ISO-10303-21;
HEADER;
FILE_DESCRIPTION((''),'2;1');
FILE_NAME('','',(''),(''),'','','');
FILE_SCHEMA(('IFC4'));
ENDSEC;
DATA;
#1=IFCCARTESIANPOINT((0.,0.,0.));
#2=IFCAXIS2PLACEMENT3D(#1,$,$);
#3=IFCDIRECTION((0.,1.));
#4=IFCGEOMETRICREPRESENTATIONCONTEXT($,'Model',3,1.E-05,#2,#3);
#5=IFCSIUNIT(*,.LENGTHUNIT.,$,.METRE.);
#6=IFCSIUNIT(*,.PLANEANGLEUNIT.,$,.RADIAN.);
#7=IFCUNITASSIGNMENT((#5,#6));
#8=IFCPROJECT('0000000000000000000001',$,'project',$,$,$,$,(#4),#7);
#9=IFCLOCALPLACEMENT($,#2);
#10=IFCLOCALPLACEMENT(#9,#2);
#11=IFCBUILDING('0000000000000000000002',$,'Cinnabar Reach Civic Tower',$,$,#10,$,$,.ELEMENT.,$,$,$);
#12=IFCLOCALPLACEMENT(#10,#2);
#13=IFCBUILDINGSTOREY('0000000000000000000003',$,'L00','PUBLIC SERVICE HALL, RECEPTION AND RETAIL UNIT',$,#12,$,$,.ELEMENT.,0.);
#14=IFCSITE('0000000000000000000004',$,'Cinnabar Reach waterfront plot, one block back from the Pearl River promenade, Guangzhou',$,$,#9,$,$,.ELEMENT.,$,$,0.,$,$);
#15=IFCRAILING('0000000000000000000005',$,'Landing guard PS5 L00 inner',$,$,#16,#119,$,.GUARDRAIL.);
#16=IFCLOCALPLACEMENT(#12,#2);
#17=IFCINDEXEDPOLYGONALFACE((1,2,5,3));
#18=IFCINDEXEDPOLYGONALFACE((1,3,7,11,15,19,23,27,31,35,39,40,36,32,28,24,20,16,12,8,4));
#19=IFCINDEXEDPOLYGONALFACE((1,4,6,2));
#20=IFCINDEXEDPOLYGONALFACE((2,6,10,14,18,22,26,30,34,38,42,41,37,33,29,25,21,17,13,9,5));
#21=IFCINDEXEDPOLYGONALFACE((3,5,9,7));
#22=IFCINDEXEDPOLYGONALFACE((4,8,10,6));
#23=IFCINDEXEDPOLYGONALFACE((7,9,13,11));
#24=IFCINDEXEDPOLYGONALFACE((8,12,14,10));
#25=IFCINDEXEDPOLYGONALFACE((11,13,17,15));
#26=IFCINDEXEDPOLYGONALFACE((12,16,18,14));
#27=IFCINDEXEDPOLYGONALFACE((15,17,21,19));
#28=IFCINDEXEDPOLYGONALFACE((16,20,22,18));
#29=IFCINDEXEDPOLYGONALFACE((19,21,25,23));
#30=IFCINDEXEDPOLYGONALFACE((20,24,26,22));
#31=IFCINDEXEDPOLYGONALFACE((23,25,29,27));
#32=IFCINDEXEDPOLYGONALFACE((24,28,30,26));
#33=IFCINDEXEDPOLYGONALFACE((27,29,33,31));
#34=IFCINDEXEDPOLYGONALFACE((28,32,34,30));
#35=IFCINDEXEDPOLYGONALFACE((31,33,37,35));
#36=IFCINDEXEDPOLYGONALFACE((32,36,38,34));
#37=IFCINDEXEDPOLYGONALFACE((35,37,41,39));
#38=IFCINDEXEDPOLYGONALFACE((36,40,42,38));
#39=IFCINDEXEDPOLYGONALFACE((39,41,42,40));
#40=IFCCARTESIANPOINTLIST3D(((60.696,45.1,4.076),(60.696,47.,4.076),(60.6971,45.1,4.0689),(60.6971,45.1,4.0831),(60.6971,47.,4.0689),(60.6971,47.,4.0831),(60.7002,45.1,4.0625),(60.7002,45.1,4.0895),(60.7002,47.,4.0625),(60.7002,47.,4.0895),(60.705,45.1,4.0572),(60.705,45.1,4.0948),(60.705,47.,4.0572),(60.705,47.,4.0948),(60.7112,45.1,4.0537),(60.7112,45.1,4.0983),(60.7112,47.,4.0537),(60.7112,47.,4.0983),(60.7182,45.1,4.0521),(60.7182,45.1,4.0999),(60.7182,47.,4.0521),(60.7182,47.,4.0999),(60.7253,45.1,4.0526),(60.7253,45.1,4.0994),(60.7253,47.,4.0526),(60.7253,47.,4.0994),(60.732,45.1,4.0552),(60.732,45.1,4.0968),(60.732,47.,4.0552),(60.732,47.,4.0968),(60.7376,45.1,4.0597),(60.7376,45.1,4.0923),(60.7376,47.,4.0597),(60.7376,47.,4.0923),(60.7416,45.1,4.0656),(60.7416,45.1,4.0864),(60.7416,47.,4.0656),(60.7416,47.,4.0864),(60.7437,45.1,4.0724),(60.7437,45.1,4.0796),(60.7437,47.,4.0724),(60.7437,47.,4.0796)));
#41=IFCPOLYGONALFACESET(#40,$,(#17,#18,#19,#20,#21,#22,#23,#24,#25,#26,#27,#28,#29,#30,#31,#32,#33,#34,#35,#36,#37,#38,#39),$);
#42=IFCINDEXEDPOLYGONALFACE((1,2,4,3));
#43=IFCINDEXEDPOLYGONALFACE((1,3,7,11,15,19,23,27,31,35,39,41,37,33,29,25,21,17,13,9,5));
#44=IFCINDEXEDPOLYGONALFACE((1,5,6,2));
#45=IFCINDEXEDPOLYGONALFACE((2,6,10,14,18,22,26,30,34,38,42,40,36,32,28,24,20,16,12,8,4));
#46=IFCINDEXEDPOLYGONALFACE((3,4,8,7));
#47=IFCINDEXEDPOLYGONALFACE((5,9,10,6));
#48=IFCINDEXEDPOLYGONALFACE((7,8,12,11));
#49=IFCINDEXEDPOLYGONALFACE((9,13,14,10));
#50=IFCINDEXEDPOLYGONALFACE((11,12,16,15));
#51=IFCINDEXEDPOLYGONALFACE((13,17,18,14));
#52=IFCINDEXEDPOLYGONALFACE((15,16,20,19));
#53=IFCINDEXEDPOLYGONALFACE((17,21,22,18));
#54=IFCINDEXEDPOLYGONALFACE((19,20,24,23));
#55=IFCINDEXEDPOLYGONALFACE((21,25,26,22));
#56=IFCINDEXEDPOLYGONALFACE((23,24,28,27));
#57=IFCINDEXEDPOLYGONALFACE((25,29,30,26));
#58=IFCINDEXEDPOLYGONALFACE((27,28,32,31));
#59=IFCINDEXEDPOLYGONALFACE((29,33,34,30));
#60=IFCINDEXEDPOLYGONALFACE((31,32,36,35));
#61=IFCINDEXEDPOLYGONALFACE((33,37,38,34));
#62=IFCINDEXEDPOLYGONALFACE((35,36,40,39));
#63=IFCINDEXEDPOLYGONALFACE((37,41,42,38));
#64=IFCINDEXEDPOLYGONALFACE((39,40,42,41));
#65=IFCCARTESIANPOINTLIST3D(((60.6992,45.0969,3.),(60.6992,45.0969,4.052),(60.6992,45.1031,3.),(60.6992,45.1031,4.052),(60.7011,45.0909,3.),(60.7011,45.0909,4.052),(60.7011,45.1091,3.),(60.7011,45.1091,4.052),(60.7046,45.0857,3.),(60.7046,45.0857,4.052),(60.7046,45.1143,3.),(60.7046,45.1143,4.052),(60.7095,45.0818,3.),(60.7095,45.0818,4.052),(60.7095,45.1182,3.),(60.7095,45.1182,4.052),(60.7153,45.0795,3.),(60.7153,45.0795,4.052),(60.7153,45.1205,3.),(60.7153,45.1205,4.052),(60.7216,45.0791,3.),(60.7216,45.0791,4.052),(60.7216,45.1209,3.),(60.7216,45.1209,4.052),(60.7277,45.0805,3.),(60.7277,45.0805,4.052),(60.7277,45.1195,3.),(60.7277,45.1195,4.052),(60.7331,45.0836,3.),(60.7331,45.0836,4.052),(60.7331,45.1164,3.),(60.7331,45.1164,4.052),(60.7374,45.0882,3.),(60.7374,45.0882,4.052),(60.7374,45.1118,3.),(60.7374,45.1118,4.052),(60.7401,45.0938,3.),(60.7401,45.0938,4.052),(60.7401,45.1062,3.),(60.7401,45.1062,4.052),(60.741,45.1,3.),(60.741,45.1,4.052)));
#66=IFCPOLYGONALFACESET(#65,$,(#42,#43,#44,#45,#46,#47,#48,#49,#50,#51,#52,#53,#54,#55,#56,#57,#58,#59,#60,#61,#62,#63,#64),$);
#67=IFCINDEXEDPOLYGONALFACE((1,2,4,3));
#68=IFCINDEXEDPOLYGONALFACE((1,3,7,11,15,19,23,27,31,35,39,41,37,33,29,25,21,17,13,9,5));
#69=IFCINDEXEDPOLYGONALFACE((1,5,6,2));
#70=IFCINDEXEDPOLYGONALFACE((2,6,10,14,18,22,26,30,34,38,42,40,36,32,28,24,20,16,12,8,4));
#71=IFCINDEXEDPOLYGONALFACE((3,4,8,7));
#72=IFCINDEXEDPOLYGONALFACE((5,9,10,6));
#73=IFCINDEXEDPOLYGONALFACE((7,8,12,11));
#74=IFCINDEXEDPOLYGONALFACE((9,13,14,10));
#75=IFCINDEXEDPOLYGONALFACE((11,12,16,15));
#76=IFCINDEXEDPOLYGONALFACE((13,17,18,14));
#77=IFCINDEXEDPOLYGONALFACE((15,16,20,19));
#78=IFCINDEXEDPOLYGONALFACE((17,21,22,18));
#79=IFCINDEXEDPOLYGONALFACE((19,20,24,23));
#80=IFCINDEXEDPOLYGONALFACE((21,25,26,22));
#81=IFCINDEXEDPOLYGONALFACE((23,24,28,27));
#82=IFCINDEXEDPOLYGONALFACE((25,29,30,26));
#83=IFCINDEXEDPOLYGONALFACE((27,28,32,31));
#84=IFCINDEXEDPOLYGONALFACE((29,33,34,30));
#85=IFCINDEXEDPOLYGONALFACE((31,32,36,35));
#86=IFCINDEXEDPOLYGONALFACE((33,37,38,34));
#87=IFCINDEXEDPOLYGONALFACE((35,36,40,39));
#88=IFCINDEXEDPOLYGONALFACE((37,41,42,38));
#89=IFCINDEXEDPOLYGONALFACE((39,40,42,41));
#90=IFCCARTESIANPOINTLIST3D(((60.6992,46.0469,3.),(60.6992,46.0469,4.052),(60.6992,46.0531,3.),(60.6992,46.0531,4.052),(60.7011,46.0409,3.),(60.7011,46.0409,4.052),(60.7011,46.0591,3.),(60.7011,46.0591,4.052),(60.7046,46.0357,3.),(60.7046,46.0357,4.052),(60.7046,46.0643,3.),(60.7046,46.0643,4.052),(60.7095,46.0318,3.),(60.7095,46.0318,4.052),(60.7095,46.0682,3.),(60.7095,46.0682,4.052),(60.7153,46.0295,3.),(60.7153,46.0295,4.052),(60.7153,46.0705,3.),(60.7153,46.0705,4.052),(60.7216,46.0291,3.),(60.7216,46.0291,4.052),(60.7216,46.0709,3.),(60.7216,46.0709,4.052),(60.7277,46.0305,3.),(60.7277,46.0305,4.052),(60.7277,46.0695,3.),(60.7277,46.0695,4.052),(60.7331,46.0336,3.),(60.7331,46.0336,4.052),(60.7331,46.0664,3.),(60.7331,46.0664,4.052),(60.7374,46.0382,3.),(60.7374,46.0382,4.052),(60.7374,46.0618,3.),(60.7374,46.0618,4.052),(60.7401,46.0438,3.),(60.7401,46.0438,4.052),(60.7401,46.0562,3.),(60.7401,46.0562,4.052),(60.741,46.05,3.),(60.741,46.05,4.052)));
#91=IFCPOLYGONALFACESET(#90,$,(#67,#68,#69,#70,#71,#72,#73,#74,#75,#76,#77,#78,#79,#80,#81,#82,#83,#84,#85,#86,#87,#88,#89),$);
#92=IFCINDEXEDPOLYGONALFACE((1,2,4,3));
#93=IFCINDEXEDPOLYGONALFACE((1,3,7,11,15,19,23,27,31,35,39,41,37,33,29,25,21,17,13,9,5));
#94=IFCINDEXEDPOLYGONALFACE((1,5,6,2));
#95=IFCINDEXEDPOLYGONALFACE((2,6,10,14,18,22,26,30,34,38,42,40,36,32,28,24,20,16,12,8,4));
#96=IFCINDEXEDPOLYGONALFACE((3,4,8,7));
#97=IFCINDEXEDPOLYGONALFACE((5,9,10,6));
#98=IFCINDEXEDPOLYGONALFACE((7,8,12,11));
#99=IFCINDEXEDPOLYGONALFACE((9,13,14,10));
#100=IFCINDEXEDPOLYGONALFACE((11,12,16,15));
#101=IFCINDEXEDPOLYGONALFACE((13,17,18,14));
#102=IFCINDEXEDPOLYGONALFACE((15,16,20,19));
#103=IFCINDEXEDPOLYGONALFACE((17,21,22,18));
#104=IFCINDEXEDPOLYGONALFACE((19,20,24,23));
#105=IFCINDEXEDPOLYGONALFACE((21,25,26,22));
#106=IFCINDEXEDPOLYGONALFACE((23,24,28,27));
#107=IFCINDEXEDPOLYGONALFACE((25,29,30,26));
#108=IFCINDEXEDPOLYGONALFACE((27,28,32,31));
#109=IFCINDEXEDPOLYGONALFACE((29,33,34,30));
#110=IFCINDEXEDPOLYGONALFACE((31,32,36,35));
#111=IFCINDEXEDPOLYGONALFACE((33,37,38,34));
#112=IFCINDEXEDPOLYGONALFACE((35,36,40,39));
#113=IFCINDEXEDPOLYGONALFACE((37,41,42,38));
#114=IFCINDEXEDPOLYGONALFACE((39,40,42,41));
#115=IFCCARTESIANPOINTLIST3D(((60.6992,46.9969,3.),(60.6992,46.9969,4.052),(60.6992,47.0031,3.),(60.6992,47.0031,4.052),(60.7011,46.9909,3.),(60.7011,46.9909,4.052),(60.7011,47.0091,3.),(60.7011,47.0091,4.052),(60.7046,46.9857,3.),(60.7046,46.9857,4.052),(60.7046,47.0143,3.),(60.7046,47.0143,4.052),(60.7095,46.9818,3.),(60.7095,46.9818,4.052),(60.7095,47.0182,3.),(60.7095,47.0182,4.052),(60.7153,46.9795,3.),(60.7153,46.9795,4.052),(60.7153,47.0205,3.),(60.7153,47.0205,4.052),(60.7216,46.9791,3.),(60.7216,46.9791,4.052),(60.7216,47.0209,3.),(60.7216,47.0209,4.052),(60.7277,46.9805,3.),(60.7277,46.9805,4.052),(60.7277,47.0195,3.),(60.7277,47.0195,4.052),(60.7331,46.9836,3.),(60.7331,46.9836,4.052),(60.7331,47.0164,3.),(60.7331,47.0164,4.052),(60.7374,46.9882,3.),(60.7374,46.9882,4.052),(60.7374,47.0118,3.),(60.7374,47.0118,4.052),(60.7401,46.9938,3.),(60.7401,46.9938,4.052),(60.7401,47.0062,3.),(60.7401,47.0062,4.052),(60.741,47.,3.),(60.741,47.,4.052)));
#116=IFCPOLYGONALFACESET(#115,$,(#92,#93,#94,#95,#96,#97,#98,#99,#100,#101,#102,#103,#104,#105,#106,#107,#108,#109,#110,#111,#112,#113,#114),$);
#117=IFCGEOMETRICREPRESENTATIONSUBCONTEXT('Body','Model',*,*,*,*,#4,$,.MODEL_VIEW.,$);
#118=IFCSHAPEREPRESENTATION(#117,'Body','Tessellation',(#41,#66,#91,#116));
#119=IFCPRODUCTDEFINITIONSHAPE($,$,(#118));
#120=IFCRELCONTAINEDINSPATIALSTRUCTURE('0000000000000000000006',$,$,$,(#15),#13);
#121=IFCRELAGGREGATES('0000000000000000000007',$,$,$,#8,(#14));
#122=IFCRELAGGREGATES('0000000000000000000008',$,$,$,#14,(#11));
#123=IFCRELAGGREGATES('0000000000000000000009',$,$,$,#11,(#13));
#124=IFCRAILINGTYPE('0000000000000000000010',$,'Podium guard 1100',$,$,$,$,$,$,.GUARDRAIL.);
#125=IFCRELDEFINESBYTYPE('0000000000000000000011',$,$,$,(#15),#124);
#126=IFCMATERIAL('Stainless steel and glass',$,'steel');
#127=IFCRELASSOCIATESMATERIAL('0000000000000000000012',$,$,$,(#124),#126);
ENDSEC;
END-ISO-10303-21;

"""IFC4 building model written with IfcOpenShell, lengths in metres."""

from ifc_helpers import new_model, si_unit, direction, frame, origin, origin_2d, place, context, subcontext, project, spatial, circle, extrude, material, type_object, element, save


model = new_model("IFC4")

# Units and contexts
model_context = context("Model", 3, precision=1e-05, world=origin(), true_north=direction((0.0, 1.0)))
body_context = subcontext(model_context, "Body", "Model", "MODEL_VIEW")
ifc_project = project(units=[si_unit("LENGTHUNIT", "METRE"), si_unit("PLANEANGLEUNIT", "RADIAN")], contexts=[model_context])

# Site, building, storey
site_placement = place(None, origin())
site = spatial("IfcSite", under=ifc_project, at=site_placement, Name="Cinnabar Reach waterfront plot, one block back from the Pearl River promenade, Guangzhou", CompositionType="ELEMENT", RefElevation=0.0)
building_placement = place(site_placement, origin())
building = spatial("IfcBuilding", under=site, at=building_placement, Name="Cinnabar Reach Civic Tower", CompositionType="ELEMENT")
storey_placement = place(building_placement, origin())
storey = spatial("IfcBuildingStorey", under=building, at=storey_placement, Name="L00", Description="PUBLIC SERVICE HALL, RECEPTION AND RETAIL UNIT", CompositionType="ELEMENT", Elevation=0.0)

# Railing
ifc_material_1 = material(Name="Stainless steel and glass", Category="steel")
railing_type_1 = type_object("IfcRailingType", Name="Podium guard 1100", PredefinedType="GUARDRAIL", material=ifc_material_1)
railing_1_placement = place(storey_placement, frame((60.72, 45.1, 3.0)))
element("IfcRailing", 1, at=railing_1_placement, inside=storey, type_object=railing_type_1, Name="Landing guard PS5 L00 inner", PredefinedType="GUARDRAIL", context=body_context, shape_type="SweptSolid", body=[
    extrude(circle(Radius=0.024, at=origin_2d()), frame((0.0, 0.0, 1.076), z_axis=(0.0, 1.0, 0.0), x_axis=(-1.0, 0.0, 0.0)), (0.0, 0.0, 1.0), 1.9),
    extrude(circle(Radius=0.021, at=origin_2d()), origin(), (0.0, 0.0, 1.0), 1.052),
    extrude(circle(Radius=0.021, at=origin_2d()), frame((0.0, 0.95, 0.0)), (0.0, 0.0, 1.0), 1.052),
    extrude(circle(Radius=0.021, at=origin_2d()), frame((0.0, 1.9, 0.0)), (0.0, 0.0, 1.0), 1.052),
])

save(model, "model.ifc")
